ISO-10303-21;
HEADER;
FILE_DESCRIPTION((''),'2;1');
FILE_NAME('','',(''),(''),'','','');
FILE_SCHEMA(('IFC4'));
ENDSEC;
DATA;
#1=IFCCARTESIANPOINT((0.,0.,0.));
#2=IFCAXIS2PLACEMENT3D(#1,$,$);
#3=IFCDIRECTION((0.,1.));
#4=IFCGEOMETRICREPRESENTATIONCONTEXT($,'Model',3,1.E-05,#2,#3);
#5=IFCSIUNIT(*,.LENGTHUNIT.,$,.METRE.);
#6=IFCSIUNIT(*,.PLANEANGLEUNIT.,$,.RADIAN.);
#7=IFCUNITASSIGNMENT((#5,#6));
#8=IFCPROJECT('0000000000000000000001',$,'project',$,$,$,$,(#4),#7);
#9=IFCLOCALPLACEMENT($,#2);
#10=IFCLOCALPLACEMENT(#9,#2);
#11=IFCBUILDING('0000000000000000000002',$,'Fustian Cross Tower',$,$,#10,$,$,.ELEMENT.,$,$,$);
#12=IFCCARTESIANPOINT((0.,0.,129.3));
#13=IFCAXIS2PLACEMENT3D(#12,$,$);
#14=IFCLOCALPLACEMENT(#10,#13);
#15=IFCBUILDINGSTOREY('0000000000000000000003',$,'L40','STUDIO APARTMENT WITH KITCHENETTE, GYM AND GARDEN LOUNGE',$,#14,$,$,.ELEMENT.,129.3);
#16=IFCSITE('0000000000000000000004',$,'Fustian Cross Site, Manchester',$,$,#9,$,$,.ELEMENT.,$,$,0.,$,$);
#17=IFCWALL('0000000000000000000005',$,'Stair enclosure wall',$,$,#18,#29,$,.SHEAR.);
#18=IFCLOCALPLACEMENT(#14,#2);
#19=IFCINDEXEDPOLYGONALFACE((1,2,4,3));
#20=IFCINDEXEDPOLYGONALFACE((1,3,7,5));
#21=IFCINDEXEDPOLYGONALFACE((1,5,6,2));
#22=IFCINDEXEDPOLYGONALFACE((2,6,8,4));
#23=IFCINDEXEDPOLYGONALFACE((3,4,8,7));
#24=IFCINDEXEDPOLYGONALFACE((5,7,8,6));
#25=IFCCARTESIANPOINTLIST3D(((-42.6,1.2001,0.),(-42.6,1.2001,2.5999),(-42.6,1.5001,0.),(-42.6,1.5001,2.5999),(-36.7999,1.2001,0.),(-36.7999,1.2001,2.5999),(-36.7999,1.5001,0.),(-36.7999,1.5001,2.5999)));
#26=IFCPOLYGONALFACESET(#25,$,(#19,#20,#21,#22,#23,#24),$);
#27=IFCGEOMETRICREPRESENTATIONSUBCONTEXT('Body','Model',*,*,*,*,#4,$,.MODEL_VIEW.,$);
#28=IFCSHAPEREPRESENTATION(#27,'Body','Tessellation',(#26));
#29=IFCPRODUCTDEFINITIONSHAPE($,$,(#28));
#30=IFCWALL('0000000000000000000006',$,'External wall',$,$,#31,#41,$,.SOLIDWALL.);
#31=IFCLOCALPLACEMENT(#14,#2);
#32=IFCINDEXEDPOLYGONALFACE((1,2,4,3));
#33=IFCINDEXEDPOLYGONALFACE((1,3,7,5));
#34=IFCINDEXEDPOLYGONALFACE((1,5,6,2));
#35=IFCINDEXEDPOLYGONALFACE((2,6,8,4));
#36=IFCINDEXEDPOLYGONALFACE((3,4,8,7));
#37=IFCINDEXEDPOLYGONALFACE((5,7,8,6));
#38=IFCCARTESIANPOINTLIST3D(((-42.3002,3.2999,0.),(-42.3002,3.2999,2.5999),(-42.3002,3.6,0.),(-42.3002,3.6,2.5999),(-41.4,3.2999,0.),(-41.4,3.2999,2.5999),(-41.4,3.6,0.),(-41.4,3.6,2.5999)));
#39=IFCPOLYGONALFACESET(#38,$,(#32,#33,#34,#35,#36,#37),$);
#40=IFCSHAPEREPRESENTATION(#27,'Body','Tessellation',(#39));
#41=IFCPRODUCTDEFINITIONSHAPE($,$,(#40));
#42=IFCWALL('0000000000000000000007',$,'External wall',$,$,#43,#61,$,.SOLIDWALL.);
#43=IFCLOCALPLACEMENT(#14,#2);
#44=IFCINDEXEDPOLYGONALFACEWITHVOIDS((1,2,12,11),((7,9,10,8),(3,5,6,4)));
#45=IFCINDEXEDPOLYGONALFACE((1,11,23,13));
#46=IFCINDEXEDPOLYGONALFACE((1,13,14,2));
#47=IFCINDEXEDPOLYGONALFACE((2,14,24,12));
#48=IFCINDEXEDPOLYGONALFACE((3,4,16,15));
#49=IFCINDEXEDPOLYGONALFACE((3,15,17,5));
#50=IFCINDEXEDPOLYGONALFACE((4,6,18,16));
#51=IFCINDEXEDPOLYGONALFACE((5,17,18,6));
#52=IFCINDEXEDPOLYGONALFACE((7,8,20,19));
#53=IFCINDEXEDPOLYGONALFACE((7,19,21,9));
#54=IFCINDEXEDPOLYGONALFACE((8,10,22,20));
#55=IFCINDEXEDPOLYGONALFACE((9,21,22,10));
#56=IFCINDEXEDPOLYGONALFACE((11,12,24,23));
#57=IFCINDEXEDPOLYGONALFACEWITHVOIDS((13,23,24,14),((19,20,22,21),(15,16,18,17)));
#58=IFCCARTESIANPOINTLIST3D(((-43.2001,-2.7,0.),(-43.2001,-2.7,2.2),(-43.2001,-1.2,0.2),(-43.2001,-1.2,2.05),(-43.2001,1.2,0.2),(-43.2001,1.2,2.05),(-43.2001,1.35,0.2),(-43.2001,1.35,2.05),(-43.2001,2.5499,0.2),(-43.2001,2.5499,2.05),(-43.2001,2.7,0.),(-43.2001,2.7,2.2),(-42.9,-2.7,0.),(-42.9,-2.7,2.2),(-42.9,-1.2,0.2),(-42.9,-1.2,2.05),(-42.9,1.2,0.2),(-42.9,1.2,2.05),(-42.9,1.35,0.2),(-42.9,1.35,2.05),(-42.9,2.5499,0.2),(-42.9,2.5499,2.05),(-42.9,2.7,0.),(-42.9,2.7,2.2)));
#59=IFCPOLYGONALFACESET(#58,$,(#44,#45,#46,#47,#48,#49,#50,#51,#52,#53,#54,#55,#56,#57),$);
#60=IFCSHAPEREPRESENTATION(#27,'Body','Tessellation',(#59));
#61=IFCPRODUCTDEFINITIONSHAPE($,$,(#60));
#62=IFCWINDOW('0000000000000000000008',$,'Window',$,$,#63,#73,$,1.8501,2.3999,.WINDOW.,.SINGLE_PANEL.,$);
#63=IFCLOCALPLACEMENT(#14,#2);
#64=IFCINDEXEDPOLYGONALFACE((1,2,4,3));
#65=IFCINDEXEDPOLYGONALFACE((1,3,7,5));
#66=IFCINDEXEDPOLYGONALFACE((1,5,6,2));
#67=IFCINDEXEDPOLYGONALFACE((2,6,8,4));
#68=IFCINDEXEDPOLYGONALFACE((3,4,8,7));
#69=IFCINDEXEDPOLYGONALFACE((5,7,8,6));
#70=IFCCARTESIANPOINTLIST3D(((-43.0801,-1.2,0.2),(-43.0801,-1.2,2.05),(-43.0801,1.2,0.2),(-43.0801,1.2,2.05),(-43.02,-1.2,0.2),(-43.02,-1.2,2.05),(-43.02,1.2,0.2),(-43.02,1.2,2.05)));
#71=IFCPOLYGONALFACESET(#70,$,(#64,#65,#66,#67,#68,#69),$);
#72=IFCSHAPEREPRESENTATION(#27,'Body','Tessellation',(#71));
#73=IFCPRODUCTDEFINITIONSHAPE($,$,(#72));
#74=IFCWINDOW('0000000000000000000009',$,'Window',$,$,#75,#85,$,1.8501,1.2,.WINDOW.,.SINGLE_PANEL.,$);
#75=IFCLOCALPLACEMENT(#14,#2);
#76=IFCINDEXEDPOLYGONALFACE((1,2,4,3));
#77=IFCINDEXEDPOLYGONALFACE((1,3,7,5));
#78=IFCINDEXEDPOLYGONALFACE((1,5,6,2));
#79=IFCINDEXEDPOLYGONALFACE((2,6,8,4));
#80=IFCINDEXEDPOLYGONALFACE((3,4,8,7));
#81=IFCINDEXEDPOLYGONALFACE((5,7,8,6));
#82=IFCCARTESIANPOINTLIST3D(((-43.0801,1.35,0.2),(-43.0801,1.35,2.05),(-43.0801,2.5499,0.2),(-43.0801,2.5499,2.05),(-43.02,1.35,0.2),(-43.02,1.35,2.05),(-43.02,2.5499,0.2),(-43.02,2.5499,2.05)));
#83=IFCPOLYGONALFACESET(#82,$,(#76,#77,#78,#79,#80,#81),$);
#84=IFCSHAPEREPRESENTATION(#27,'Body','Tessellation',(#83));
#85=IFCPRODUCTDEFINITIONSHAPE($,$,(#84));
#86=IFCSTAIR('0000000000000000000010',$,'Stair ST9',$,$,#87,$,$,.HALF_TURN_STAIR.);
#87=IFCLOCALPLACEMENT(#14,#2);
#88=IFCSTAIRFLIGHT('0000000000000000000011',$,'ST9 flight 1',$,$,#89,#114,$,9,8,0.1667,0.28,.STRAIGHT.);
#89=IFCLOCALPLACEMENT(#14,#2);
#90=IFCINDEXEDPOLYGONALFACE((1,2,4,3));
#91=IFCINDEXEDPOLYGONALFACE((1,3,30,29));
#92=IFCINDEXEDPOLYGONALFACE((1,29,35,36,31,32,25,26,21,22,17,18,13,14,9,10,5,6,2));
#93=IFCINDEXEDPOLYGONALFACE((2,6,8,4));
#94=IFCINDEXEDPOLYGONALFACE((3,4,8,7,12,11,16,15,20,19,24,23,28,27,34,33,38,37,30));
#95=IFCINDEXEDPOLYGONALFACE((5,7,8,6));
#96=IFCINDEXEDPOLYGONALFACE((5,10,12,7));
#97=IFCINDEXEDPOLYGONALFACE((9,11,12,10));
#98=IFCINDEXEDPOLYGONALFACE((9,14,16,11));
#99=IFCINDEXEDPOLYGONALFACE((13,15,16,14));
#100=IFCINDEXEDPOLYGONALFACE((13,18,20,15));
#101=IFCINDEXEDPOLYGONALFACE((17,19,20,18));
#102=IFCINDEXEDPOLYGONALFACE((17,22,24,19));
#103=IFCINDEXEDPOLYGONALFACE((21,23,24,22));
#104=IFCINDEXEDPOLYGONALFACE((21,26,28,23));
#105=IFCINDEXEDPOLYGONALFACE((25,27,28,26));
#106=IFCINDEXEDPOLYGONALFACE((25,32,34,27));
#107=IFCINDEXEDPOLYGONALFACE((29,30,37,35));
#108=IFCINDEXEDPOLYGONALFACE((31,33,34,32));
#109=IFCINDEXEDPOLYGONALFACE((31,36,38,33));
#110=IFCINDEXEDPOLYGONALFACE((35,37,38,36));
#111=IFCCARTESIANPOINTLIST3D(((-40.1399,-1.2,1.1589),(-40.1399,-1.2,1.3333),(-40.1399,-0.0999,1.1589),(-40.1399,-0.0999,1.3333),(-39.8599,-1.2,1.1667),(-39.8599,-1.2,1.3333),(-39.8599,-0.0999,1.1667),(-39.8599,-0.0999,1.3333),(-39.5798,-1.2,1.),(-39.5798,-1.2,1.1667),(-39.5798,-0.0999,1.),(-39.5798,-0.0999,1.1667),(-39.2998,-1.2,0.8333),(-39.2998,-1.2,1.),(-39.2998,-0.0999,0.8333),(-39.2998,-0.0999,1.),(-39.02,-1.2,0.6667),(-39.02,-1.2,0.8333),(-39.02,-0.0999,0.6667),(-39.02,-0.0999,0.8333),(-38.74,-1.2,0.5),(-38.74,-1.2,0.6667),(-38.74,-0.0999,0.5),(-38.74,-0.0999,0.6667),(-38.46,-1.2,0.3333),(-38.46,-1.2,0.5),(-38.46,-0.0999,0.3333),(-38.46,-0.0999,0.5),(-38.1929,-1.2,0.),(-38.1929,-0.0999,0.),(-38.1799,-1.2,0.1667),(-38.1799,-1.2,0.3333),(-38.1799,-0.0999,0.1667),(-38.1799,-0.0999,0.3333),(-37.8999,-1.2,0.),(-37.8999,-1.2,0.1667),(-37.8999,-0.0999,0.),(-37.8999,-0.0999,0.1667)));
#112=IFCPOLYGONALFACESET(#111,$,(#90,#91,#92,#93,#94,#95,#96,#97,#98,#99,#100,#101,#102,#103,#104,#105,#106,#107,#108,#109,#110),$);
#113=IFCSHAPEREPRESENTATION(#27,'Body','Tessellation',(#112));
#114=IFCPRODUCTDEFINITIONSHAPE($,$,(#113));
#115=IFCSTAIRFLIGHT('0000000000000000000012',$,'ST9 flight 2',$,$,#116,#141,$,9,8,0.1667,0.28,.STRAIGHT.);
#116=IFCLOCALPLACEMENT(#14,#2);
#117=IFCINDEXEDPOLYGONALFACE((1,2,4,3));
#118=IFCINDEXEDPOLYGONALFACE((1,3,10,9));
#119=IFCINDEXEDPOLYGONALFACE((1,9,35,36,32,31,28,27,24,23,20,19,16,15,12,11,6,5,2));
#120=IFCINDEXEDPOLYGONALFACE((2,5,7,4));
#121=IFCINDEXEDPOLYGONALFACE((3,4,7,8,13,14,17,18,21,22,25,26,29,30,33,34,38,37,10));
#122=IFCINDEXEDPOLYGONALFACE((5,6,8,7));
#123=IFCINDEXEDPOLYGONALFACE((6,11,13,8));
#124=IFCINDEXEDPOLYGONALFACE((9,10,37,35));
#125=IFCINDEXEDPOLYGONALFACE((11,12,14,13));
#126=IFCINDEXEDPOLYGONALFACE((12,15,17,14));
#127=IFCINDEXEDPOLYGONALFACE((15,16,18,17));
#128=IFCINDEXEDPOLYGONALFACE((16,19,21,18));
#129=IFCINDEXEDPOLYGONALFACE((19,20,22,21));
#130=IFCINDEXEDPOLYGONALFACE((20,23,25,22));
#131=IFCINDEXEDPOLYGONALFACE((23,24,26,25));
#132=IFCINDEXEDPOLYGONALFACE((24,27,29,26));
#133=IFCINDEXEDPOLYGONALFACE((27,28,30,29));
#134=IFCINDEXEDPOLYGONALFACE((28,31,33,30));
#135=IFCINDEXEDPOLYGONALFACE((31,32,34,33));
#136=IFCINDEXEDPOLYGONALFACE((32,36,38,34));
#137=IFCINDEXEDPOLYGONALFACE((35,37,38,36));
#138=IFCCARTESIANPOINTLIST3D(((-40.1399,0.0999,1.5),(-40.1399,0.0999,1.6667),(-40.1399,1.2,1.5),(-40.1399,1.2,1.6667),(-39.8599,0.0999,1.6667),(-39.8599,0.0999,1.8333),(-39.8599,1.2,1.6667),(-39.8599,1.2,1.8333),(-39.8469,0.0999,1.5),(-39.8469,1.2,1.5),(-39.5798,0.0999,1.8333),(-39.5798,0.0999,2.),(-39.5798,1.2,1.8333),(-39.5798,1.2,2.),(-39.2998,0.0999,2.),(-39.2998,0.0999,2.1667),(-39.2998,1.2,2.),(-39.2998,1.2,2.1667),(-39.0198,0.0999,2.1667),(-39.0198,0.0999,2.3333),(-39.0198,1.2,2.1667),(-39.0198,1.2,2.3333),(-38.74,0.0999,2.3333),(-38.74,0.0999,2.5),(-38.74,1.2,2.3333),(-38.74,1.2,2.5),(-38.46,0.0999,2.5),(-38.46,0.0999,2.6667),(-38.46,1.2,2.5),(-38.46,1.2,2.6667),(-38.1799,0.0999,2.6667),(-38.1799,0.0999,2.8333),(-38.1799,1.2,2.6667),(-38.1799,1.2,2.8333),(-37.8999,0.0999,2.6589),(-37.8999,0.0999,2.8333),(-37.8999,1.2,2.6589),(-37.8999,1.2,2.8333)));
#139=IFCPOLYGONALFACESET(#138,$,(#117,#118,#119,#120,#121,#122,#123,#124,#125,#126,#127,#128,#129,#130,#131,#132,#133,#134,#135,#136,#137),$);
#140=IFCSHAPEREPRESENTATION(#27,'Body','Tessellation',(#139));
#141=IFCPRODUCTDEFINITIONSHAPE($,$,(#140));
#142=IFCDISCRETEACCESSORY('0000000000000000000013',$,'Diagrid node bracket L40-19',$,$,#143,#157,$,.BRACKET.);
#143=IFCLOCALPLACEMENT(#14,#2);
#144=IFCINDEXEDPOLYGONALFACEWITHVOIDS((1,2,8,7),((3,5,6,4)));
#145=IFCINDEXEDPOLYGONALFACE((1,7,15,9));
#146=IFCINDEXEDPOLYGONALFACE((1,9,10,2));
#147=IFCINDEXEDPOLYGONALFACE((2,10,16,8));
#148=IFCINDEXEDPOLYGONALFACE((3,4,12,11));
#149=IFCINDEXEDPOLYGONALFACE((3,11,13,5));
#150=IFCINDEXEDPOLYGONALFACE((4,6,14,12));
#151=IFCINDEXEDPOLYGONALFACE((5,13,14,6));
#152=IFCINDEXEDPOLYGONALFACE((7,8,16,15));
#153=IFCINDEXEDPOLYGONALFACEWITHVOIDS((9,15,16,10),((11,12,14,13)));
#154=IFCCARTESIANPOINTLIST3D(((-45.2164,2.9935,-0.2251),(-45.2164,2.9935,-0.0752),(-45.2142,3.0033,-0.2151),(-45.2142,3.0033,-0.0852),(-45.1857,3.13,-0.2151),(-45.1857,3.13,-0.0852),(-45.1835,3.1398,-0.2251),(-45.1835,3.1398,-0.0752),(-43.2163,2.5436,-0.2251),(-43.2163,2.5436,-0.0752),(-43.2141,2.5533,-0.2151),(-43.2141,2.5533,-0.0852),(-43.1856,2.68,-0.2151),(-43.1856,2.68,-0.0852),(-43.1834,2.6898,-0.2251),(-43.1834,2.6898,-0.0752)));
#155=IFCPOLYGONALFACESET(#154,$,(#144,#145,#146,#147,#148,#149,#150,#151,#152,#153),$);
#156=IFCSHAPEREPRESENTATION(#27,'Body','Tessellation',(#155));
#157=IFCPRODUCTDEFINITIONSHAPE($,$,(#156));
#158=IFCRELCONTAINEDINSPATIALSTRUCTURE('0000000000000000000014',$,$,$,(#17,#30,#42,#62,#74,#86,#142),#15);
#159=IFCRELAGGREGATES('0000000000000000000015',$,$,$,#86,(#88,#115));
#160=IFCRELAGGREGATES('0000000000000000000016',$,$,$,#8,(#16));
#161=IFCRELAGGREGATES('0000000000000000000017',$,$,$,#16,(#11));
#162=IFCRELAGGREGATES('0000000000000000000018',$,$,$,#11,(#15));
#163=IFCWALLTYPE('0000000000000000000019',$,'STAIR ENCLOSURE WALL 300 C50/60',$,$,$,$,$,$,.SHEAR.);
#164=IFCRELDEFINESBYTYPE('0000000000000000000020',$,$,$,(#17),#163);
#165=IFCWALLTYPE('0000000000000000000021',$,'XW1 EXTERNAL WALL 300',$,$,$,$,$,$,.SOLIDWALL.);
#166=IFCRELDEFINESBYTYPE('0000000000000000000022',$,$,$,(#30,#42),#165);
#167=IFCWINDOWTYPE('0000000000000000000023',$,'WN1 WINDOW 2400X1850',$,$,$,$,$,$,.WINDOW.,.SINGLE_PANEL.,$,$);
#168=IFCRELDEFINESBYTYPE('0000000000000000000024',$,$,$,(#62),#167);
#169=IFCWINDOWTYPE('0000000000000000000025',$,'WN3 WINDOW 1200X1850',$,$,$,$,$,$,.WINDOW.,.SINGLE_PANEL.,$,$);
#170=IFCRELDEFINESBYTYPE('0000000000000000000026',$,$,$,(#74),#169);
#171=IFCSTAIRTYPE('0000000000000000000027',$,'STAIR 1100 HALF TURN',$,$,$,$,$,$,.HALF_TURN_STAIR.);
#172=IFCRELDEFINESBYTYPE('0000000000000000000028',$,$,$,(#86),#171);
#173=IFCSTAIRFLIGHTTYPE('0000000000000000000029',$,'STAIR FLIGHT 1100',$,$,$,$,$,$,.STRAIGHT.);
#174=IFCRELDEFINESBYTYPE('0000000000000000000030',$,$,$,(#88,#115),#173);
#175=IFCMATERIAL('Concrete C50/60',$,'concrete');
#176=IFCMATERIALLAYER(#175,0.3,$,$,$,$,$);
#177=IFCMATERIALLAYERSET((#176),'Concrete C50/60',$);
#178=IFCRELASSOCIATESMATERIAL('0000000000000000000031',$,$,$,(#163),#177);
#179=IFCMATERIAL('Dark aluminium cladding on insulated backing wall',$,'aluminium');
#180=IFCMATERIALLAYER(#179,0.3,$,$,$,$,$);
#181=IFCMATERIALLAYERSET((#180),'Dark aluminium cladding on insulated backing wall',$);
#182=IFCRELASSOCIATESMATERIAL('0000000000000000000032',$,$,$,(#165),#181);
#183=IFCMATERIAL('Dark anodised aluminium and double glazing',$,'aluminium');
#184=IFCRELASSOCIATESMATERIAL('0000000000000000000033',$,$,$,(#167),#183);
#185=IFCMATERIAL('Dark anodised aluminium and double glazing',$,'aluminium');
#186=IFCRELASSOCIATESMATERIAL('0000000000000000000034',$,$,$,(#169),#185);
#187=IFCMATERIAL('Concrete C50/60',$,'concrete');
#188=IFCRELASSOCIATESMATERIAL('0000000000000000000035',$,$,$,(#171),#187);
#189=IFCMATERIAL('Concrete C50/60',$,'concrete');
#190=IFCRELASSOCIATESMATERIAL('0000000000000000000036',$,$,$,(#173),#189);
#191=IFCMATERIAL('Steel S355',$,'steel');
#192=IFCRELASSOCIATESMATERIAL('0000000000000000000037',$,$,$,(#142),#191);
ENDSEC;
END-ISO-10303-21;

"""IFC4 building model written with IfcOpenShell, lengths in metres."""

from ifc_helpers import new_model, si_unit, direction, frame, frame_2d, origin, origin_2d, place, context, subcontext, project, spatial, polyline, rectangle, hollow_rectangle, outline, extrude, material, layer, layer_set, type_object, element, fill, aggregate, save


model = new_model("IFC4")

# Units and contexts
model_context = context("Model", 3, precision=1e-05, world=origin(), true_north=direction((0.0, 1.0)))
body_context = subcontext(model_context, "Body", "Model", "MODEL_VIEW")
ifc_project = project(units=[si_unit("LENGTHUNIT", "METRE"), si_unit("PLANEANGLEUNIT", "RADIAN")], contexts=[model_context])

# Site, building, storey
site_placement = place(None, origin())
site = spatial("IfcSite", under=ifc_project, at=site_placement, Name="Fustian Cross Site, Manchester", CompositionType="ELEMENT", RefElevation=0.0)
building_placement = place(site_placement, origin())
building = spatial("IfcBuilding", under=site, at=building_placement, Name="Fustian Cross Tower", CompositionType="ELEMENT")
storey_placement = place(building_placement, frame((0.0, 0.0, 129.3)))
storey = spatial("IfcBuildingStorey", under=building, at=storey_placement, Name="L40", Description="STUDIO APARTMENT WITH KITCHENETTE, GYM AND GARDEN LOUNGE", CompositionType="ELEMENT", Elevation=129.3)

# Walls
ifc_material_1 = material(Name="Concrete C50/60", Category="concrete")
ifc_layer_1 = layer(ifc_material_1, 0.3)
ifc_layer_set_1 = layer_set([ifc_layer_1], Name="Concrete C50/60")
wall_type_1 = type_object("IfcWallType", Name="STAIR ENCLOSURE WALL 300 C50/60", PredefinedType="SHEAR", material=ifc_layer_set_1)
wall_1_placement = place(storey_placement, frame((-36.8, 1.3501, 0.0), z_axis=(0.0, 0.0, 1.0), x_axis=(-1.0, 0.0, 0.0)))
element("IfcWall", 1, at=wall_1_placement, inside=storey, type_object=wall_type_1, Name="Stair enclosure wall", PredefinedType="SHEAR", context=body_context, shape_type="SweptSolid", body=[
    extrude(rectangle(XDim=5.8, YDim=0.3, at=frame_2d((2.8999, 0.0))), origin(), (0.0, 0.0, 1.0), 2.5999),
])
ifc_material_2 = material(Name="Dark aluminium cladding on insulated backing wall", Category="aluminium")
ifc_layer_2 = layer(ifc_material_2, 0.3)
ifc_layer_set_2 = layer_set([ifc_layer_2], Name="Dark aluminium cladding on insulated backing wall")
wall_type_2 = type_object("IfcWallType", Name="XW1 EXTERNAL WALL 300", PredefinedType="SOLIDWALL", material=ifc_layer_set_2)
wall_2_placement = place(storey_placement, frame((-41.3999, 3.45, 0.0), z_axis=(0.0, 0.0, 1.0), x_axis=(-1.0, 0.0, 0.0)))
element("IfcWall", 2, at=wall_2_placement, inside=storey, type_object=wall_type_2, Name="External wall", PredefinedType="SOLIDWALL", context=body_context, shape_type="SweptSolid", body=[
    extrude(rectangle(XDim=0.9001, YDim=0.3, at=frame_2d((0.4502, 0.0))), origin(), (0.0, 0.0, 1.0), 2.5999),
])

# Wall, openings, windows
wall_3_placement = place(storey_placement, frame((-43.05, 2.7, 0.0), z_axis=(0.0, 0.0, 1.0), x_axis=(0.0, -1.0, 0.0)))
wall_3 = element("IfcWall", 3, at=wall_3_placement, inside=storey, type_object=wall_type_2, Name="External wall", PredefinedType="SOLIDWALL", context=body_context, shape_type="SweptSolid", body=[
    extrude(rectangle(XDim=5.3999, YDim=0.3, at=frame_2d((2.7, 0.0))), origin(), (0.0, 0.0, 1.0), 2.2),
])
opening_1_placement = place(wall_3_placement, frame((1.5, 0.0, 0.2)))
opening_1 = element("IfcOpeningElement", 4, at=opening_1_placement, cuts=wall_3, PredefinedType="OPENING", context=body_context, shape_type="SweptSolid", body=[
    extrude(rectangle(XDim=2.3999, YDim=1.8501, at=frame_2d((1.2, 0.925))), frame((0.0, 0.1599, 0.0), z_axis=(0.0, -1.0, 0.0), x_axis=(1.0, 0.0, 0.0)), (0.0, 0.0, 1.0), 0.3201),
])
opening_2_placement = place(wall_3_placement, frame((0.1499, 0.0, 0.2)))
opening_2 = element("IfcOpeningElement", 5, at=opening_2_placement, cuts=wall_3, PredefinedType="OPENING", context=body_context, shape_type="SweptSolid", body=[
    extrude(rectangle(XDim=1.2, YDim=1.8501, at=frame_2d((0.6001, 0.925))), frame((0.0, 0.1599, 0.0), z_axis=(0.0, -1.0, 0.0), x_axis=(1.0, 0.0, 0.0)), (0.0, 0.0, 1.0), 0.3201),
])
ifc_material_3 = material(Name="Dark anodised aluminium and double glazing", Category="aluminium")
window_type_1 = type_object("IfcWindowType", Name="WN1 WINDOW 2400X1850", PartitioningType="SINGLE_PANEL", PredefinedType="WINDOW", material=ifc_material_3)
window_1_placement = place(opening_1_placement, origin())
window_1 = element("IfcWindow", 6, at=window_1_placement, inside=storey, type_object=window_type_1, Name="Window", OverallHeight=1.8501, OverallWidth=2.3999, PartitioningType="SINGLE_PANEL", PredefinedType="WINDOW", context=body_context, shape_type="SweptSolid", body=[
    extrude(rectangle(XDim=2.3999, YDim=1.8501, at=frame_2d((1.2, 0.925))), frame((0.0, 0.03, 0.0), z_axis=(0.0, -1.0, 0.0), x_axis=(1.0, 0.0, 0.0)), (0.0, 0.0, 1.0), 0.0601),
])
fill(opening_1, window_1)
ifc_material_4 = material(Name="Dark anodised aluminium and double glazing", Category="aluminium")
window_type_2 = type_object("IfcWindowType", Name="WN3 WINDOW 1200X1850", PartitioningType="SINGLE_PANEL", PredefinedType="WINDOW", material=ifc_material_4)
window_2_placement = place(opening_2_placement, origin())
window_2 = element("IfcWindow", 7, at=window_2_placement, inside=storey, type_object=window_type_2, Name="Window", OverallHeight=1.8501, OverallWidth=1.2, PartitioningType="SINGLE_PANEL", PredefinedType="WINDOW", context=body_context, shape_type="SweptSolid", body=[
    extrude(rectangle(XDim=1.2, YDim=1.8501, at=frame_2d((0.6001, 0.925))), frame((0.0, 0.03, 0.0), z_axis=(0.0, -1.0, 0.0), x_axis=(1.0, 0.0, 0.0)), (0.0, 0.0, 1.0), 0.0601),
])
fill(opening_2, window_2)

# Stair, stair flights
ifc_material_5 = material(Name="Concrete C50/60", Category="concrete")
stair_type = type_object("IfcStairType", Name="STAIR 1100 HALF TURN", PredefinedType="HALF_TURN_STAIR", material=ifc_material_5)
stair_placement = place(storey_placement, origin())
stair = element("IfcStair", 8, at=stair_placement, inside=storey, type_object=stair_type, Name="Stair ST9", PredefinedType="HALF_TURN_STAIR")
ifc_material_6 = material(Name="Concrete C50/60", Category="concrete")
stair_flight_type = type_object("IfcStairFlightType", Name="STAIR FLIGHT 1100", PredefinedType="STRAIGHT", material=ifc_material_6)
stair_flight_1_placement = place(storey_placement, frame((-37.8999, -0.6499, 0.0), z_axis=(0.0, 0.0, 1.0), x_axis=(-1.0, 0.0, 0.0)))
stair_flight_1 = element("IfcStairFlight", 9, at=stair_flight_1_placement, type_object=stair_flight_type, Name="ST9 flight 1", NumberOfRisers=9, NumberOfTreads=8, PredefinedType="STRAIGHT", RiserHeight=0.1667, TreadLength=0.28, context=body_context, shape_type="SweptSolid", body=[
    extrude(outline(polyline([(0.0, 0.0), (0.0, 0.1667), (0.28, 0.1667), (0.28, 0.3333), (0.5601, 0.3333), (0.5601, 0.5), (0.8401, 0.5), (0.8401, 0.6667), (1.1201, 0.6667), (1.1201, 0.8333), (1.3999, 0.8333), (1.3999, 1.0), (1.6799, 1.0), (1.6799, 1.1667), (1.96, 1.1667), (1.96, 1.3333), (2.24, 1.3333), (2.24, 1.5), (2.24, 1.1589), (0.293, 0.0), (0.0, 0.0)])), frame((0.0, 0.55, 0.0), z_axis=(0.0, -1.0, 0.0), x_axis=(1.0, 0.0, 0.0)), (0.0, 0.0, 1.0), 1.1001),
])
stair_flight_2_placement = place(storey_placement, frame((-40.1399, 0.6499, 1.5), z_axis=(0.0, 0.0, 1.0), x_axis=(1.0, 0.0, 0.0)))
stair_flight_2 = element("IfcStairFlight", 10, at=stair_flight_2_placement, type_object=stair_flight_type, Name="ST9 flight 2", NumberOfRisers=9, NumberOfTreads=8, PredefinedType="STRAIGHT", RiserHeight=0.1667, TreadLength=0.28, context=body_context, shape_type="SweptSolid", body=[
    extrude(outline(polyline([(0.0, 0.0), (0.0, 0.1667), (0.28, 0.1667), (0.28, 0.3333), (0.5601, 0.3333), (0.5601, 0.5), (0.8401, 0.5), (0.8401, 0.6667), (1.1201, 0.6667), (1.1201, 0.8333), (1.3999, 0.8333), (1.3999, 1.0), (1.6799, 1.0), (1.6799, 1.1667), (1.96, 1.1667), (1.96, 1.3333), (2.24, 1.3333), (2.24, 1.5), (2.24, 1.1589), (0.293, 0.0), (0.0, 0.0)])), frame((0.0, 0.55, 0.0), z_axis=(0.0, -1.0, 0.0), x_axis=(1.0, 0.0, 0.0)), (0.0, 0.0, 1.0), 1.1001),
])
aggregate(stair, [stair_flight_1, stair_flight_2])

# Discrete accessory
ifc_material_7 = material(Name="Steel S355", Category="steel")
discrete_accessory_placement = place(storey_placement, frame((-45.2, 3.0667, -0.1501), z_axis=(0.975615, -0.21949, 0.0), x_axis=(0.21949, 0.975615, 0.0)))
element("IfcDiscreteAccessory", 11, at=discrete_accessory_placement, inside=storey, material=ifc_material_7, Name="Diagrid node bracket L40-19", PredefinedType="BRACKET", context=body_context, shape_type="SweptSolid", body=[
    extrude(hollow_rectangle(XDim=0.1499, YDim=0.1499, WallThickness=0.01, at=origin_2d()), origin(), (0.0, 0.0, 1.0), 2.05),
])

save(model, "model.ifc")
